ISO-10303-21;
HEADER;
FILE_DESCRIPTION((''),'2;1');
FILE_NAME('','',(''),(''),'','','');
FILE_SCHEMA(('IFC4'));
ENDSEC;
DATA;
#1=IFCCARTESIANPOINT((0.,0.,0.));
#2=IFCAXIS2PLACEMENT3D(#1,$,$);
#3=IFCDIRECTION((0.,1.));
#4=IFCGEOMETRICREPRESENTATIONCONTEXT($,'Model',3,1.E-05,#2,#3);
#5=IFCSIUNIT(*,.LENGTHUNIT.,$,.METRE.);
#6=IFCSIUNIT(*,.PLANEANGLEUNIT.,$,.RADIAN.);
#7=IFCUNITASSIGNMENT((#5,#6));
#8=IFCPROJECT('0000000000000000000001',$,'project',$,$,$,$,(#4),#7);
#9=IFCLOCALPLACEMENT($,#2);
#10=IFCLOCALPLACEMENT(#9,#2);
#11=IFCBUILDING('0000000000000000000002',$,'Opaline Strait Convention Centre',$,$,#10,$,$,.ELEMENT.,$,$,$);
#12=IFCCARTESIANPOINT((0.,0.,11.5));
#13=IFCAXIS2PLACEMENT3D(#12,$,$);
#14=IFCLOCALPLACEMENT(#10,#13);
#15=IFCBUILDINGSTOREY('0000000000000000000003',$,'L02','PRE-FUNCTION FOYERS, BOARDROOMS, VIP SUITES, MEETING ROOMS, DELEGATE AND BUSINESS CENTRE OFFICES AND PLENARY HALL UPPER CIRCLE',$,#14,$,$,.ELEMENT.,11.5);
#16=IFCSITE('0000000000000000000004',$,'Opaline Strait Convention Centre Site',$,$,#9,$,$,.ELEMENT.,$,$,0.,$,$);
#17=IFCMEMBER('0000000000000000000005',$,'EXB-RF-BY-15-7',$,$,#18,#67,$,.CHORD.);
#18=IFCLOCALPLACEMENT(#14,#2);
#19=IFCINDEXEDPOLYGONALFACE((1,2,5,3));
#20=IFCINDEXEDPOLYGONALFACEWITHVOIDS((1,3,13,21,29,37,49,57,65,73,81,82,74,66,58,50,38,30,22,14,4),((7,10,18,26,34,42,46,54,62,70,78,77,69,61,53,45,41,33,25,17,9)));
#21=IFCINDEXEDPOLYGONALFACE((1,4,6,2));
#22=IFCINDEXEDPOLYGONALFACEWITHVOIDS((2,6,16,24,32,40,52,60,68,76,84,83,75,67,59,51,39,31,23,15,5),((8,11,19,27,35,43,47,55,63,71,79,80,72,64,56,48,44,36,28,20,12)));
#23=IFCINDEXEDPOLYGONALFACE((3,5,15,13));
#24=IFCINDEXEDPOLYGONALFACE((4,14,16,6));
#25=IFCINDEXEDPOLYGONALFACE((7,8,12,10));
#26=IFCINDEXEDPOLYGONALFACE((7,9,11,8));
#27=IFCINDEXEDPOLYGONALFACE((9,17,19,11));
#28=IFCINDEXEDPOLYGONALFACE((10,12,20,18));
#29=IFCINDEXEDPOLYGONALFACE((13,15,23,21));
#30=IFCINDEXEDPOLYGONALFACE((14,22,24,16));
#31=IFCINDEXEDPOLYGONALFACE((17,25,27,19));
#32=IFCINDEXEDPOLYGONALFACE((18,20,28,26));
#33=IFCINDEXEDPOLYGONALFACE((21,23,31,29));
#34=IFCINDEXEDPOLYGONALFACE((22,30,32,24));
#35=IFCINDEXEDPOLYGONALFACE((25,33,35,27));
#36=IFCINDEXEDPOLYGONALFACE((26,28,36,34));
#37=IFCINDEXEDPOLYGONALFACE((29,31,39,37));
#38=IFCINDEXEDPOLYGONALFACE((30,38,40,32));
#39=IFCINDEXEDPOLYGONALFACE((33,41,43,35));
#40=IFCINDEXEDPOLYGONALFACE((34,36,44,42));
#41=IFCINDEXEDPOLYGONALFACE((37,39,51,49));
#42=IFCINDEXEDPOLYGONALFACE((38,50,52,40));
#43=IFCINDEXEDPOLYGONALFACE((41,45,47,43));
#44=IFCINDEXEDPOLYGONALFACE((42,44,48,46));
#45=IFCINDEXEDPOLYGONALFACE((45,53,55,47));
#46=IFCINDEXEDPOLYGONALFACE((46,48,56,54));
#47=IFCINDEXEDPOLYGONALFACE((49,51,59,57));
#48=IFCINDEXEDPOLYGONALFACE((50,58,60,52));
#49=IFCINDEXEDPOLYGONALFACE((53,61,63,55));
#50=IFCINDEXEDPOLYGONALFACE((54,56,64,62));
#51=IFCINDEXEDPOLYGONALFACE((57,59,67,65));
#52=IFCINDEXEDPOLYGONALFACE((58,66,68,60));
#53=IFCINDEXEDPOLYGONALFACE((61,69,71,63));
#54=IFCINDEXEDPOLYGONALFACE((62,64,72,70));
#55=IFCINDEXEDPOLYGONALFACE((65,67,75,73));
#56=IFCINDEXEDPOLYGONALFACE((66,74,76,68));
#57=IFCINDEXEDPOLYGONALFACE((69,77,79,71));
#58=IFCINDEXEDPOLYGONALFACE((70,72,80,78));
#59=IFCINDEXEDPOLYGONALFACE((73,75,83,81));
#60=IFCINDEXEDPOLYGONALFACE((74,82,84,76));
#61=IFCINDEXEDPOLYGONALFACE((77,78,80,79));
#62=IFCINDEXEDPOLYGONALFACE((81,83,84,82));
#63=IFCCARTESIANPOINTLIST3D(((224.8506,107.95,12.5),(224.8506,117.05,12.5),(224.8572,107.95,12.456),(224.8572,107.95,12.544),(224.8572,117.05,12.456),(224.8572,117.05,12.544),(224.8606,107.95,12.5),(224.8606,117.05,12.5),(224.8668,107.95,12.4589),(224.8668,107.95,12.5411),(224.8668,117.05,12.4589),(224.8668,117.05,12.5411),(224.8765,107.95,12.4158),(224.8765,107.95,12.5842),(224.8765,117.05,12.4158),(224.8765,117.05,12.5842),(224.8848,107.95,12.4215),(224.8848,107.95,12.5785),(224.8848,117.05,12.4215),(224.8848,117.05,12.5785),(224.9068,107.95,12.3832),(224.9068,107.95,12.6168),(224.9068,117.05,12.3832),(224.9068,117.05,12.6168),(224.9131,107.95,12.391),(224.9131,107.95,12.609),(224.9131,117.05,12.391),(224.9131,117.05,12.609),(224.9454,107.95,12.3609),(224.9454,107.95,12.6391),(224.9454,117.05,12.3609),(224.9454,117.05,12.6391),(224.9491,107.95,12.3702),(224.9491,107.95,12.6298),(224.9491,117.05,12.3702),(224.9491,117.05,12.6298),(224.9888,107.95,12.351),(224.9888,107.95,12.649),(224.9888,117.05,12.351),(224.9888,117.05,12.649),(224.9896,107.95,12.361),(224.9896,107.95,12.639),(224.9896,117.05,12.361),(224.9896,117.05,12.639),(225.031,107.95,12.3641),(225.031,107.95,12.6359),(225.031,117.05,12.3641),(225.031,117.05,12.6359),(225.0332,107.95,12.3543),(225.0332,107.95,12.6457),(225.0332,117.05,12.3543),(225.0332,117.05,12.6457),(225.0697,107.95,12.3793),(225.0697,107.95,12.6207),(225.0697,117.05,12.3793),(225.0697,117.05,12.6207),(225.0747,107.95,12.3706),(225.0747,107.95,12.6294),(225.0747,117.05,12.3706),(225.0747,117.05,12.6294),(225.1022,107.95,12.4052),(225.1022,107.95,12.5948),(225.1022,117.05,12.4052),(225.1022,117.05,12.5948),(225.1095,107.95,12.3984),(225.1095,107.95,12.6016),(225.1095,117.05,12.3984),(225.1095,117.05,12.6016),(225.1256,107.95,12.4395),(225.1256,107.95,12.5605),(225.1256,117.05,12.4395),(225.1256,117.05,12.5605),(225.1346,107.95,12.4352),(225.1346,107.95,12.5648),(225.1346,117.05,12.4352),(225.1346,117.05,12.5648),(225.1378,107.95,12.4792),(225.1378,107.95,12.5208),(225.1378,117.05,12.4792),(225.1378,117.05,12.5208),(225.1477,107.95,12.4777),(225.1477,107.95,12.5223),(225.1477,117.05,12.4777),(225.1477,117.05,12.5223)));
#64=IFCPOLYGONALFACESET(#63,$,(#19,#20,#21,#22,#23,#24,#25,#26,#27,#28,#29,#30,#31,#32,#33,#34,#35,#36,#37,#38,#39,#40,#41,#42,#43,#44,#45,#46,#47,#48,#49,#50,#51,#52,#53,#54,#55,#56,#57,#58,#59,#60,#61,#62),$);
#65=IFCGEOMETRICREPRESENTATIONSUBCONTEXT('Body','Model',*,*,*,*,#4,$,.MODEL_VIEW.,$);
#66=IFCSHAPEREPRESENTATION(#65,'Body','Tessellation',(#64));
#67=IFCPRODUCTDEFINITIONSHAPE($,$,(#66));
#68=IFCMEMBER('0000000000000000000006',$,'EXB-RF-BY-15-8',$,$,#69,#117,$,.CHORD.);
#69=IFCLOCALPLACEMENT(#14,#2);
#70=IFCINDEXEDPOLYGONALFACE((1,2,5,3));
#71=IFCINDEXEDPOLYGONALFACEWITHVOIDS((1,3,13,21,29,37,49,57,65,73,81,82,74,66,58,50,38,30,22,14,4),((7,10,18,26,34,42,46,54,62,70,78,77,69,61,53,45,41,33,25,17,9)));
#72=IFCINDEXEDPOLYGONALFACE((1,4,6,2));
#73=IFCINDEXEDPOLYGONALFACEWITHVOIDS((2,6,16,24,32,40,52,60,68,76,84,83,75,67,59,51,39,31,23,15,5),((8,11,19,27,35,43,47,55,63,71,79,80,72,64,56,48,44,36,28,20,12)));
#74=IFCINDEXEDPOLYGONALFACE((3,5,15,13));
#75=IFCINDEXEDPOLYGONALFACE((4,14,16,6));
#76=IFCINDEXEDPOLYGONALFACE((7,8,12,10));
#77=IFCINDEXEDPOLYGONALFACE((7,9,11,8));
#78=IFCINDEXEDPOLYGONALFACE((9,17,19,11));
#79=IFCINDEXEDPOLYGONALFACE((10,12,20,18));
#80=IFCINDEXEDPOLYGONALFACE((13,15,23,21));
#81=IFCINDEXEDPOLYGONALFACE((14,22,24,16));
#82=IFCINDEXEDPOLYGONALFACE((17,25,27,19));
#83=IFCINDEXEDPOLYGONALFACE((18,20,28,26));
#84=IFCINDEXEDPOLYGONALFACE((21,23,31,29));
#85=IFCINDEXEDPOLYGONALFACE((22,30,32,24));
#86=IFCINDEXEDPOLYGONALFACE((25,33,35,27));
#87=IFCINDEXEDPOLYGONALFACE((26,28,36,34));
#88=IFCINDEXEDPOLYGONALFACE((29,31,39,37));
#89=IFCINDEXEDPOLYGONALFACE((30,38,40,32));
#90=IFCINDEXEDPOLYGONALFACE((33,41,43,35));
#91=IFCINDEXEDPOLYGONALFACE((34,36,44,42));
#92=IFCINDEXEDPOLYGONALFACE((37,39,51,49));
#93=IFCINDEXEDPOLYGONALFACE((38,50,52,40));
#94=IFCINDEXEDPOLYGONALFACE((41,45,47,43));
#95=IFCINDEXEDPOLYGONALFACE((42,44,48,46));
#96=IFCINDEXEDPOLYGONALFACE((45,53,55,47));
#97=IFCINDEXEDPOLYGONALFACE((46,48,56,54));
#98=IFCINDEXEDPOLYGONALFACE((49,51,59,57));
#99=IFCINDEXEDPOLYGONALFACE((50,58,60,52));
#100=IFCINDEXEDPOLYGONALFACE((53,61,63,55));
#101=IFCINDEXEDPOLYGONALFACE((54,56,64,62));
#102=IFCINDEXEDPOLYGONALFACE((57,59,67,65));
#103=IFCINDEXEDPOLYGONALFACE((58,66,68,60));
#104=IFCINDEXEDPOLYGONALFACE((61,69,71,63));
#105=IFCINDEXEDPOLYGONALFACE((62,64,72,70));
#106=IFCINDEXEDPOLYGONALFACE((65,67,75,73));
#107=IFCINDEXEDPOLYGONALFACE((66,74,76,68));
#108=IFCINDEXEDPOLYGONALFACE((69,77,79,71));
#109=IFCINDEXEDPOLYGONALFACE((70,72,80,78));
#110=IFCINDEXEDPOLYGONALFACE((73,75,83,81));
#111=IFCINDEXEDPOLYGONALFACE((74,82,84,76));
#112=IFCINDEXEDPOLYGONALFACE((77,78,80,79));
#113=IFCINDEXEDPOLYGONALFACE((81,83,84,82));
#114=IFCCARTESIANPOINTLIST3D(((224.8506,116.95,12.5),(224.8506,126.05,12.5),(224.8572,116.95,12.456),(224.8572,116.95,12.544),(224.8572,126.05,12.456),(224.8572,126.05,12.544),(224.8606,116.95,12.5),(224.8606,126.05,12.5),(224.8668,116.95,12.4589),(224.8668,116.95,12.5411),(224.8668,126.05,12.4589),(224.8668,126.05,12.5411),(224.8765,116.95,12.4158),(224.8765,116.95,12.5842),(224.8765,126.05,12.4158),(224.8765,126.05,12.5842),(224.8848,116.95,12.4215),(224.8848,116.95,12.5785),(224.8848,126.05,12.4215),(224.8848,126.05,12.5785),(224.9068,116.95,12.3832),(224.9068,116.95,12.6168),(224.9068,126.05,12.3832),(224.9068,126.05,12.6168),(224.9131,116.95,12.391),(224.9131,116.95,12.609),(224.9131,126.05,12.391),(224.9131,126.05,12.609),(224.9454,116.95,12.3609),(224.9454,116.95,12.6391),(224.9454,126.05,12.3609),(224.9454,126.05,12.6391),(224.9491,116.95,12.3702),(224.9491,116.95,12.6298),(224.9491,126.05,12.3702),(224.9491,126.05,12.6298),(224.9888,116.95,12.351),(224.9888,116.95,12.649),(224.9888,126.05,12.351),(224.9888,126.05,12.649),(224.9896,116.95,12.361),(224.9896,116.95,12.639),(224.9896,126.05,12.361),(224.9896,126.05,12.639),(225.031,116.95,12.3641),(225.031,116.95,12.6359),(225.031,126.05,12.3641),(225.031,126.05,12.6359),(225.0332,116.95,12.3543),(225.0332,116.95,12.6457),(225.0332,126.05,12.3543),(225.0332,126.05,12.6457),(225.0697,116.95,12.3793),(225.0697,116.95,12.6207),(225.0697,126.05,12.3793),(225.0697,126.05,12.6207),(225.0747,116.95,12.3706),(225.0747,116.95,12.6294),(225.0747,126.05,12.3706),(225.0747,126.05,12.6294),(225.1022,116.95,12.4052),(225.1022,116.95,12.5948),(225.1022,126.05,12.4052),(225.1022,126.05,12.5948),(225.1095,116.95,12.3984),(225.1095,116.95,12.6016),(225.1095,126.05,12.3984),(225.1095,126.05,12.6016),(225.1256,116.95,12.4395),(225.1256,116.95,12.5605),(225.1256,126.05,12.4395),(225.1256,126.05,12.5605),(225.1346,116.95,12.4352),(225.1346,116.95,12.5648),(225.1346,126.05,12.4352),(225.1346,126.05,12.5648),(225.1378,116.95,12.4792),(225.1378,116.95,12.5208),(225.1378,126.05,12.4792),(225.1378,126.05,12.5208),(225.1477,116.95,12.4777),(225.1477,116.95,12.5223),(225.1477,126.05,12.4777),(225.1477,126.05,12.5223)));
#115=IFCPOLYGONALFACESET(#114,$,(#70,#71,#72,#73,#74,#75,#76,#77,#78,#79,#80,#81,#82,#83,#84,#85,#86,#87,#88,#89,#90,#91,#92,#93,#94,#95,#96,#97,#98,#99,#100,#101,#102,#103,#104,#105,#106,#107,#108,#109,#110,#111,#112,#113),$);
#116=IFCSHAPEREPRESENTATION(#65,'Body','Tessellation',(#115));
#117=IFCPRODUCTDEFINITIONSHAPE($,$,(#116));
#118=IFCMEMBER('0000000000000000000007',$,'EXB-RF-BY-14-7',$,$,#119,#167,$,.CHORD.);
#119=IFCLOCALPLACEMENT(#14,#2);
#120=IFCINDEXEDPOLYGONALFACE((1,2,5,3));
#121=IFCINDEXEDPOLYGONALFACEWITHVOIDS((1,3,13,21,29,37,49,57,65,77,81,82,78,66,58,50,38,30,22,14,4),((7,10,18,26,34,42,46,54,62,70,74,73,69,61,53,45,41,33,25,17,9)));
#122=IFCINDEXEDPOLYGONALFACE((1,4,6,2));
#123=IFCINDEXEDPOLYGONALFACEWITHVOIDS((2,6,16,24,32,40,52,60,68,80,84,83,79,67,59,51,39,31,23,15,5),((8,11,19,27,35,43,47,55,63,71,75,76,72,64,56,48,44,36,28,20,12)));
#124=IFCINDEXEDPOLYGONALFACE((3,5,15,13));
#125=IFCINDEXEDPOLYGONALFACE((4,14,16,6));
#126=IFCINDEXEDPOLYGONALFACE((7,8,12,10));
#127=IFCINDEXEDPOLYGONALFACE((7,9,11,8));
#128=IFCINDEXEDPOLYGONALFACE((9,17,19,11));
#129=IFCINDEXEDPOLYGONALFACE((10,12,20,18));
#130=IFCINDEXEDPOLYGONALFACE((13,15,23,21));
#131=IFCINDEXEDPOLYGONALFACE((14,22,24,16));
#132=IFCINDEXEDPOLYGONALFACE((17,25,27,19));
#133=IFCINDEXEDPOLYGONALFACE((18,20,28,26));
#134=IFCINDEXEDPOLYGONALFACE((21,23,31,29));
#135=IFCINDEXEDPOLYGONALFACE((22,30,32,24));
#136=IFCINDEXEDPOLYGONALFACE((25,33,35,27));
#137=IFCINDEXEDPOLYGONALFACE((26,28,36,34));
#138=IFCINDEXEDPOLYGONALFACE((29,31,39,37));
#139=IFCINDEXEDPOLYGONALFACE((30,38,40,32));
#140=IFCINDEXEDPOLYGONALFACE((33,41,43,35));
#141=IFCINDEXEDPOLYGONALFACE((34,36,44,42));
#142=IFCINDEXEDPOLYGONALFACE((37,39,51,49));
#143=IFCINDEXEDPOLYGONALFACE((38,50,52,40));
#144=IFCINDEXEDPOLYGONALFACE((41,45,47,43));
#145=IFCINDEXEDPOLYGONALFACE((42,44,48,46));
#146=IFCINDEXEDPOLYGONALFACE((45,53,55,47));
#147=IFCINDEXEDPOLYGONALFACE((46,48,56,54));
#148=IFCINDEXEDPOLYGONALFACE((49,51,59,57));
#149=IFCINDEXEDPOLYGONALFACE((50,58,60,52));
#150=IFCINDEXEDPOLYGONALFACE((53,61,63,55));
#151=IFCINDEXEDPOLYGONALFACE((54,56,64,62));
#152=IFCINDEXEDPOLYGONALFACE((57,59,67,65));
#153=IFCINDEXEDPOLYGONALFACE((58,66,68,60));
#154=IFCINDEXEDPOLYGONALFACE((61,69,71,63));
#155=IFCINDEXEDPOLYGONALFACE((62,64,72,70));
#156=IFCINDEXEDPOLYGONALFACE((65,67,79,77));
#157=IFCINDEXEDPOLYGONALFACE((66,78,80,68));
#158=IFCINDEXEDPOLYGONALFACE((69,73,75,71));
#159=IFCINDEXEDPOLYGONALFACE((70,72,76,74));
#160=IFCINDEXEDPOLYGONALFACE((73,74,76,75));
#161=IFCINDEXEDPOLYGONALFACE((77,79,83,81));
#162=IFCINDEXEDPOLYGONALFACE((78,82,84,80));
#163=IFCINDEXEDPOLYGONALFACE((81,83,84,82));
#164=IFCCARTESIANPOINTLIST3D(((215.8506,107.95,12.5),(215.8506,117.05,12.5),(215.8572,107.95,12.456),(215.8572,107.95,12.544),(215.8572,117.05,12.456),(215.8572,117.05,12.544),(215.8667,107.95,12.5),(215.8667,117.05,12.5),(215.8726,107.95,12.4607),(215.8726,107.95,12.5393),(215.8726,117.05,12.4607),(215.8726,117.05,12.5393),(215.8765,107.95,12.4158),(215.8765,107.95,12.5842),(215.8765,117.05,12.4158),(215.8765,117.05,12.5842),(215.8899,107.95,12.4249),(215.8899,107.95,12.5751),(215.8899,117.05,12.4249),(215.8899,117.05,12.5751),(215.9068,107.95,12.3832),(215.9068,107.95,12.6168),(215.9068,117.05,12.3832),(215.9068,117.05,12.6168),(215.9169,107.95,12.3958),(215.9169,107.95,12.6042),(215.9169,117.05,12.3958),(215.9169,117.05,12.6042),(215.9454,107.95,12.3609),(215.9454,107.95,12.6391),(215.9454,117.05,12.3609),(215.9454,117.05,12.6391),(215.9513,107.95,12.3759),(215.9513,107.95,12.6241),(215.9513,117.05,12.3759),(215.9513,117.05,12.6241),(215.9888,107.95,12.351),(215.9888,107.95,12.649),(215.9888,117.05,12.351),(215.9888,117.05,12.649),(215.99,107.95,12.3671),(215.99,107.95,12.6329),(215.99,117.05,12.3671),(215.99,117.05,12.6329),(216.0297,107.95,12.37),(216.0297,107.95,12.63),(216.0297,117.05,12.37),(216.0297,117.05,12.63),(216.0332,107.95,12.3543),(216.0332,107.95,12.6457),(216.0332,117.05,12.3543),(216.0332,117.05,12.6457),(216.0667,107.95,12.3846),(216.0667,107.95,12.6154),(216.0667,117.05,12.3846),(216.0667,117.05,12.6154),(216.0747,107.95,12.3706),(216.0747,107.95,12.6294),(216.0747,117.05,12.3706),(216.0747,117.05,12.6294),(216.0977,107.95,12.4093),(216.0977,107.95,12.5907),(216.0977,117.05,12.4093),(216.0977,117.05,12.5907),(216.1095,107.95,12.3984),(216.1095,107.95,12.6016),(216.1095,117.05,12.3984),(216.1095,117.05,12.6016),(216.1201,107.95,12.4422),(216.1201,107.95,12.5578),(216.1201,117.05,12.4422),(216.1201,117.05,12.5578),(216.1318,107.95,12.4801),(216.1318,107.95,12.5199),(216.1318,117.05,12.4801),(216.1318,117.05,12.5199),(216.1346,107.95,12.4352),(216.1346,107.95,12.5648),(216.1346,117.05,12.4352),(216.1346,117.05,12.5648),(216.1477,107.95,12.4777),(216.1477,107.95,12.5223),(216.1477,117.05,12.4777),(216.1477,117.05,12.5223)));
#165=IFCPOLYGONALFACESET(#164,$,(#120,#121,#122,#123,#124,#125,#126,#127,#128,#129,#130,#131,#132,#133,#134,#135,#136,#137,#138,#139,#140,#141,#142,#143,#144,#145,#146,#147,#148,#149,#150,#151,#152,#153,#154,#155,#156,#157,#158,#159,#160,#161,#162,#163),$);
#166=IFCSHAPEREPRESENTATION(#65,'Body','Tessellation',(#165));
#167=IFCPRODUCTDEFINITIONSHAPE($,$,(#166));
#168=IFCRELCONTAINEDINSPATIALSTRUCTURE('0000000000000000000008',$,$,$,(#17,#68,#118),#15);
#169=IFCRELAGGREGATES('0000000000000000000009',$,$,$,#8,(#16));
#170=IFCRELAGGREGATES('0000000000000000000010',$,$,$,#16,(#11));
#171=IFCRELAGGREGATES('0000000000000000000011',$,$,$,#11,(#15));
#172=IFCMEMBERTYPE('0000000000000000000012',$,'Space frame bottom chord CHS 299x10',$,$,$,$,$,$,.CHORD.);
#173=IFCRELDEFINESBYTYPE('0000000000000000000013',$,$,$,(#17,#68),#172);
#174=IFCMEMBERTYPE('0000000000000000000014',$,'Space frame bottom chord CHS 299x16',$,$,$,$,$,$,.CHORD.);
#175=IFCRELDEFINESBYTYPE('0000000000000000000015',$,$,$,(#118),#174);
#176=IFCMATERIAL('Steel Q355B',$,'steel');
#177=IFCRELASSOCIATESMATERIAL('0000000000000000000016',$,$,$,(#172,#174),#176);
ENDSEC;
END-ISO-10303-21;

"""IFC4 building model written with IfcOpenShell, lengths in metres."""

from ifc_helpers import new_model, si_unit, direction, frame, origin, origin_2d, place, context, subcontext, project, spatial, hollow_circle, extrude, material, material_profile, profile_set, type_object, element, save


model = new_model("IFC4")

# Units and contexts
model_context = context("Model", 3, precision=1e-05, world=origin(), true_north=direction((0.0, 1.0)))
body_context = subcontext(model_context, "Body", "Model", "MODEL_VIEW")
ifc_project = project(units=[si_unit("LENGTHUNIT", "METRE"), si_unit("PLANEANGLEUNIT", "RADIAN")], contexts=[model_context])

# Site, building, storey
site_placement = place(None, origin())
site = spatial("IfcSite", under=ifc_project, at=site_placement, Name="Opaline Strait Convention Centre Site", CompositionType="ELEMENT", RefElevation=0.0)
building_placement = place(site_placement, origin())
building = spatial("IfcBuilding", under=site, at=building_placement, Name="Opaline Strait Convention Centre", CompositionType="ELEMENT")
storey_placement = place(building_placement, frame((0.0, 0.0, 11.5)))
storey = spatial("IfcBuildingStorey", under=building, at=storey_placement, Name="L02", Description="PRE-FUNCTION FOYERS, BOARDROOMS, VIP SUITES, MEETING ROOMS, DELEGATE AND BUSINESS CENTRE OFFICES AND PLENARY HALL UPPER CIRCLE", CompositionType="ELEMENT", Elevation=11.5)

# Members
ifc_material = material(Name="Steel Q355B", Category="steel")
ifc_material_profile_1 = material_profile(ifc_material, hollow_circle(Radius=0.1494, WallThickness=0.01, at=origin_2d()), Name="CHS 299x10")
ifc_profile_set_1 = profile_set([ifc_material_profile_1], Name="Steel Q355B")
member_type_1 = type_object("IfcMemberType", Name="Space frame bottom chord CHS 299x10", PredefinedType="CHORD", material=ifc_profile_set_1)
for number, where, z_axis, x_axis, name in (
    (1, (225.0, 107.95, 12.5), (0.0, 1.0, 0.0), (-1.0, 0.0, 0.0), "EXB-RF-BY-15-7"),
    (2, (225.0, 116.95, 12.5), (0.0, 1.0, 0.0), (-1.0, 0.0, 0.0), "EXB-RF-BY-15-8"),
):
    element("IfcMember", number, at=place(storey_placement, frame(where, z_axis=z_axis, x_axis=x_axis)), inside=storey, type_object=member_type_1, Name=name, PredefinedType="CHORD", context=body_context, shape_type="SweptSolid", body=[
        extrude(hollow_circle(Radius=0.1494, WallThickness=0.01, at=origin_2d()), origin(), (0.0, 0.0, 1.0), 9.1001),
    ])
ifc_material_profile_2 = material_profile(ifc_material, hollow_circle(Radius=0.1494, WallThickness=0.0161, at=origin_2d()), Name="CHS 299x16")
ifc_profile_set_2 = profile_set([ifc_material_profile_2], Name="Steel Q355B")
member_type_2 = type_object("IfcMemberType", Name="Space frame bottom chord CHS 299x16", PredefinedType="CHORD", material=ifc_profile_set_2)
for number, where, z_axis, x_axis, name in (
    (3, (216.0, 107.95, 12.5), (0.0, 1.0, 0.0), (-1.0, 0.0, 0.0), "EXB-RF-BY-14-7"),
):
    element("IfcMember", number, at=place(storey_placement, frame(where, z_axis=z_axis, x_axis=x_axis)), inside=storey, type_object=member_type_2, Name=name, PredefinedType="CHORD", context=body_context, shape_type="SweptSolid", body=[
        extrude(hollow_circle(Radius=0.1494, WallThickness=0.0161, at=origin_2d()), origin(), (0.0, 0.0, 1.0), 9.1001),
    ])

save(model, "model.ifc")
